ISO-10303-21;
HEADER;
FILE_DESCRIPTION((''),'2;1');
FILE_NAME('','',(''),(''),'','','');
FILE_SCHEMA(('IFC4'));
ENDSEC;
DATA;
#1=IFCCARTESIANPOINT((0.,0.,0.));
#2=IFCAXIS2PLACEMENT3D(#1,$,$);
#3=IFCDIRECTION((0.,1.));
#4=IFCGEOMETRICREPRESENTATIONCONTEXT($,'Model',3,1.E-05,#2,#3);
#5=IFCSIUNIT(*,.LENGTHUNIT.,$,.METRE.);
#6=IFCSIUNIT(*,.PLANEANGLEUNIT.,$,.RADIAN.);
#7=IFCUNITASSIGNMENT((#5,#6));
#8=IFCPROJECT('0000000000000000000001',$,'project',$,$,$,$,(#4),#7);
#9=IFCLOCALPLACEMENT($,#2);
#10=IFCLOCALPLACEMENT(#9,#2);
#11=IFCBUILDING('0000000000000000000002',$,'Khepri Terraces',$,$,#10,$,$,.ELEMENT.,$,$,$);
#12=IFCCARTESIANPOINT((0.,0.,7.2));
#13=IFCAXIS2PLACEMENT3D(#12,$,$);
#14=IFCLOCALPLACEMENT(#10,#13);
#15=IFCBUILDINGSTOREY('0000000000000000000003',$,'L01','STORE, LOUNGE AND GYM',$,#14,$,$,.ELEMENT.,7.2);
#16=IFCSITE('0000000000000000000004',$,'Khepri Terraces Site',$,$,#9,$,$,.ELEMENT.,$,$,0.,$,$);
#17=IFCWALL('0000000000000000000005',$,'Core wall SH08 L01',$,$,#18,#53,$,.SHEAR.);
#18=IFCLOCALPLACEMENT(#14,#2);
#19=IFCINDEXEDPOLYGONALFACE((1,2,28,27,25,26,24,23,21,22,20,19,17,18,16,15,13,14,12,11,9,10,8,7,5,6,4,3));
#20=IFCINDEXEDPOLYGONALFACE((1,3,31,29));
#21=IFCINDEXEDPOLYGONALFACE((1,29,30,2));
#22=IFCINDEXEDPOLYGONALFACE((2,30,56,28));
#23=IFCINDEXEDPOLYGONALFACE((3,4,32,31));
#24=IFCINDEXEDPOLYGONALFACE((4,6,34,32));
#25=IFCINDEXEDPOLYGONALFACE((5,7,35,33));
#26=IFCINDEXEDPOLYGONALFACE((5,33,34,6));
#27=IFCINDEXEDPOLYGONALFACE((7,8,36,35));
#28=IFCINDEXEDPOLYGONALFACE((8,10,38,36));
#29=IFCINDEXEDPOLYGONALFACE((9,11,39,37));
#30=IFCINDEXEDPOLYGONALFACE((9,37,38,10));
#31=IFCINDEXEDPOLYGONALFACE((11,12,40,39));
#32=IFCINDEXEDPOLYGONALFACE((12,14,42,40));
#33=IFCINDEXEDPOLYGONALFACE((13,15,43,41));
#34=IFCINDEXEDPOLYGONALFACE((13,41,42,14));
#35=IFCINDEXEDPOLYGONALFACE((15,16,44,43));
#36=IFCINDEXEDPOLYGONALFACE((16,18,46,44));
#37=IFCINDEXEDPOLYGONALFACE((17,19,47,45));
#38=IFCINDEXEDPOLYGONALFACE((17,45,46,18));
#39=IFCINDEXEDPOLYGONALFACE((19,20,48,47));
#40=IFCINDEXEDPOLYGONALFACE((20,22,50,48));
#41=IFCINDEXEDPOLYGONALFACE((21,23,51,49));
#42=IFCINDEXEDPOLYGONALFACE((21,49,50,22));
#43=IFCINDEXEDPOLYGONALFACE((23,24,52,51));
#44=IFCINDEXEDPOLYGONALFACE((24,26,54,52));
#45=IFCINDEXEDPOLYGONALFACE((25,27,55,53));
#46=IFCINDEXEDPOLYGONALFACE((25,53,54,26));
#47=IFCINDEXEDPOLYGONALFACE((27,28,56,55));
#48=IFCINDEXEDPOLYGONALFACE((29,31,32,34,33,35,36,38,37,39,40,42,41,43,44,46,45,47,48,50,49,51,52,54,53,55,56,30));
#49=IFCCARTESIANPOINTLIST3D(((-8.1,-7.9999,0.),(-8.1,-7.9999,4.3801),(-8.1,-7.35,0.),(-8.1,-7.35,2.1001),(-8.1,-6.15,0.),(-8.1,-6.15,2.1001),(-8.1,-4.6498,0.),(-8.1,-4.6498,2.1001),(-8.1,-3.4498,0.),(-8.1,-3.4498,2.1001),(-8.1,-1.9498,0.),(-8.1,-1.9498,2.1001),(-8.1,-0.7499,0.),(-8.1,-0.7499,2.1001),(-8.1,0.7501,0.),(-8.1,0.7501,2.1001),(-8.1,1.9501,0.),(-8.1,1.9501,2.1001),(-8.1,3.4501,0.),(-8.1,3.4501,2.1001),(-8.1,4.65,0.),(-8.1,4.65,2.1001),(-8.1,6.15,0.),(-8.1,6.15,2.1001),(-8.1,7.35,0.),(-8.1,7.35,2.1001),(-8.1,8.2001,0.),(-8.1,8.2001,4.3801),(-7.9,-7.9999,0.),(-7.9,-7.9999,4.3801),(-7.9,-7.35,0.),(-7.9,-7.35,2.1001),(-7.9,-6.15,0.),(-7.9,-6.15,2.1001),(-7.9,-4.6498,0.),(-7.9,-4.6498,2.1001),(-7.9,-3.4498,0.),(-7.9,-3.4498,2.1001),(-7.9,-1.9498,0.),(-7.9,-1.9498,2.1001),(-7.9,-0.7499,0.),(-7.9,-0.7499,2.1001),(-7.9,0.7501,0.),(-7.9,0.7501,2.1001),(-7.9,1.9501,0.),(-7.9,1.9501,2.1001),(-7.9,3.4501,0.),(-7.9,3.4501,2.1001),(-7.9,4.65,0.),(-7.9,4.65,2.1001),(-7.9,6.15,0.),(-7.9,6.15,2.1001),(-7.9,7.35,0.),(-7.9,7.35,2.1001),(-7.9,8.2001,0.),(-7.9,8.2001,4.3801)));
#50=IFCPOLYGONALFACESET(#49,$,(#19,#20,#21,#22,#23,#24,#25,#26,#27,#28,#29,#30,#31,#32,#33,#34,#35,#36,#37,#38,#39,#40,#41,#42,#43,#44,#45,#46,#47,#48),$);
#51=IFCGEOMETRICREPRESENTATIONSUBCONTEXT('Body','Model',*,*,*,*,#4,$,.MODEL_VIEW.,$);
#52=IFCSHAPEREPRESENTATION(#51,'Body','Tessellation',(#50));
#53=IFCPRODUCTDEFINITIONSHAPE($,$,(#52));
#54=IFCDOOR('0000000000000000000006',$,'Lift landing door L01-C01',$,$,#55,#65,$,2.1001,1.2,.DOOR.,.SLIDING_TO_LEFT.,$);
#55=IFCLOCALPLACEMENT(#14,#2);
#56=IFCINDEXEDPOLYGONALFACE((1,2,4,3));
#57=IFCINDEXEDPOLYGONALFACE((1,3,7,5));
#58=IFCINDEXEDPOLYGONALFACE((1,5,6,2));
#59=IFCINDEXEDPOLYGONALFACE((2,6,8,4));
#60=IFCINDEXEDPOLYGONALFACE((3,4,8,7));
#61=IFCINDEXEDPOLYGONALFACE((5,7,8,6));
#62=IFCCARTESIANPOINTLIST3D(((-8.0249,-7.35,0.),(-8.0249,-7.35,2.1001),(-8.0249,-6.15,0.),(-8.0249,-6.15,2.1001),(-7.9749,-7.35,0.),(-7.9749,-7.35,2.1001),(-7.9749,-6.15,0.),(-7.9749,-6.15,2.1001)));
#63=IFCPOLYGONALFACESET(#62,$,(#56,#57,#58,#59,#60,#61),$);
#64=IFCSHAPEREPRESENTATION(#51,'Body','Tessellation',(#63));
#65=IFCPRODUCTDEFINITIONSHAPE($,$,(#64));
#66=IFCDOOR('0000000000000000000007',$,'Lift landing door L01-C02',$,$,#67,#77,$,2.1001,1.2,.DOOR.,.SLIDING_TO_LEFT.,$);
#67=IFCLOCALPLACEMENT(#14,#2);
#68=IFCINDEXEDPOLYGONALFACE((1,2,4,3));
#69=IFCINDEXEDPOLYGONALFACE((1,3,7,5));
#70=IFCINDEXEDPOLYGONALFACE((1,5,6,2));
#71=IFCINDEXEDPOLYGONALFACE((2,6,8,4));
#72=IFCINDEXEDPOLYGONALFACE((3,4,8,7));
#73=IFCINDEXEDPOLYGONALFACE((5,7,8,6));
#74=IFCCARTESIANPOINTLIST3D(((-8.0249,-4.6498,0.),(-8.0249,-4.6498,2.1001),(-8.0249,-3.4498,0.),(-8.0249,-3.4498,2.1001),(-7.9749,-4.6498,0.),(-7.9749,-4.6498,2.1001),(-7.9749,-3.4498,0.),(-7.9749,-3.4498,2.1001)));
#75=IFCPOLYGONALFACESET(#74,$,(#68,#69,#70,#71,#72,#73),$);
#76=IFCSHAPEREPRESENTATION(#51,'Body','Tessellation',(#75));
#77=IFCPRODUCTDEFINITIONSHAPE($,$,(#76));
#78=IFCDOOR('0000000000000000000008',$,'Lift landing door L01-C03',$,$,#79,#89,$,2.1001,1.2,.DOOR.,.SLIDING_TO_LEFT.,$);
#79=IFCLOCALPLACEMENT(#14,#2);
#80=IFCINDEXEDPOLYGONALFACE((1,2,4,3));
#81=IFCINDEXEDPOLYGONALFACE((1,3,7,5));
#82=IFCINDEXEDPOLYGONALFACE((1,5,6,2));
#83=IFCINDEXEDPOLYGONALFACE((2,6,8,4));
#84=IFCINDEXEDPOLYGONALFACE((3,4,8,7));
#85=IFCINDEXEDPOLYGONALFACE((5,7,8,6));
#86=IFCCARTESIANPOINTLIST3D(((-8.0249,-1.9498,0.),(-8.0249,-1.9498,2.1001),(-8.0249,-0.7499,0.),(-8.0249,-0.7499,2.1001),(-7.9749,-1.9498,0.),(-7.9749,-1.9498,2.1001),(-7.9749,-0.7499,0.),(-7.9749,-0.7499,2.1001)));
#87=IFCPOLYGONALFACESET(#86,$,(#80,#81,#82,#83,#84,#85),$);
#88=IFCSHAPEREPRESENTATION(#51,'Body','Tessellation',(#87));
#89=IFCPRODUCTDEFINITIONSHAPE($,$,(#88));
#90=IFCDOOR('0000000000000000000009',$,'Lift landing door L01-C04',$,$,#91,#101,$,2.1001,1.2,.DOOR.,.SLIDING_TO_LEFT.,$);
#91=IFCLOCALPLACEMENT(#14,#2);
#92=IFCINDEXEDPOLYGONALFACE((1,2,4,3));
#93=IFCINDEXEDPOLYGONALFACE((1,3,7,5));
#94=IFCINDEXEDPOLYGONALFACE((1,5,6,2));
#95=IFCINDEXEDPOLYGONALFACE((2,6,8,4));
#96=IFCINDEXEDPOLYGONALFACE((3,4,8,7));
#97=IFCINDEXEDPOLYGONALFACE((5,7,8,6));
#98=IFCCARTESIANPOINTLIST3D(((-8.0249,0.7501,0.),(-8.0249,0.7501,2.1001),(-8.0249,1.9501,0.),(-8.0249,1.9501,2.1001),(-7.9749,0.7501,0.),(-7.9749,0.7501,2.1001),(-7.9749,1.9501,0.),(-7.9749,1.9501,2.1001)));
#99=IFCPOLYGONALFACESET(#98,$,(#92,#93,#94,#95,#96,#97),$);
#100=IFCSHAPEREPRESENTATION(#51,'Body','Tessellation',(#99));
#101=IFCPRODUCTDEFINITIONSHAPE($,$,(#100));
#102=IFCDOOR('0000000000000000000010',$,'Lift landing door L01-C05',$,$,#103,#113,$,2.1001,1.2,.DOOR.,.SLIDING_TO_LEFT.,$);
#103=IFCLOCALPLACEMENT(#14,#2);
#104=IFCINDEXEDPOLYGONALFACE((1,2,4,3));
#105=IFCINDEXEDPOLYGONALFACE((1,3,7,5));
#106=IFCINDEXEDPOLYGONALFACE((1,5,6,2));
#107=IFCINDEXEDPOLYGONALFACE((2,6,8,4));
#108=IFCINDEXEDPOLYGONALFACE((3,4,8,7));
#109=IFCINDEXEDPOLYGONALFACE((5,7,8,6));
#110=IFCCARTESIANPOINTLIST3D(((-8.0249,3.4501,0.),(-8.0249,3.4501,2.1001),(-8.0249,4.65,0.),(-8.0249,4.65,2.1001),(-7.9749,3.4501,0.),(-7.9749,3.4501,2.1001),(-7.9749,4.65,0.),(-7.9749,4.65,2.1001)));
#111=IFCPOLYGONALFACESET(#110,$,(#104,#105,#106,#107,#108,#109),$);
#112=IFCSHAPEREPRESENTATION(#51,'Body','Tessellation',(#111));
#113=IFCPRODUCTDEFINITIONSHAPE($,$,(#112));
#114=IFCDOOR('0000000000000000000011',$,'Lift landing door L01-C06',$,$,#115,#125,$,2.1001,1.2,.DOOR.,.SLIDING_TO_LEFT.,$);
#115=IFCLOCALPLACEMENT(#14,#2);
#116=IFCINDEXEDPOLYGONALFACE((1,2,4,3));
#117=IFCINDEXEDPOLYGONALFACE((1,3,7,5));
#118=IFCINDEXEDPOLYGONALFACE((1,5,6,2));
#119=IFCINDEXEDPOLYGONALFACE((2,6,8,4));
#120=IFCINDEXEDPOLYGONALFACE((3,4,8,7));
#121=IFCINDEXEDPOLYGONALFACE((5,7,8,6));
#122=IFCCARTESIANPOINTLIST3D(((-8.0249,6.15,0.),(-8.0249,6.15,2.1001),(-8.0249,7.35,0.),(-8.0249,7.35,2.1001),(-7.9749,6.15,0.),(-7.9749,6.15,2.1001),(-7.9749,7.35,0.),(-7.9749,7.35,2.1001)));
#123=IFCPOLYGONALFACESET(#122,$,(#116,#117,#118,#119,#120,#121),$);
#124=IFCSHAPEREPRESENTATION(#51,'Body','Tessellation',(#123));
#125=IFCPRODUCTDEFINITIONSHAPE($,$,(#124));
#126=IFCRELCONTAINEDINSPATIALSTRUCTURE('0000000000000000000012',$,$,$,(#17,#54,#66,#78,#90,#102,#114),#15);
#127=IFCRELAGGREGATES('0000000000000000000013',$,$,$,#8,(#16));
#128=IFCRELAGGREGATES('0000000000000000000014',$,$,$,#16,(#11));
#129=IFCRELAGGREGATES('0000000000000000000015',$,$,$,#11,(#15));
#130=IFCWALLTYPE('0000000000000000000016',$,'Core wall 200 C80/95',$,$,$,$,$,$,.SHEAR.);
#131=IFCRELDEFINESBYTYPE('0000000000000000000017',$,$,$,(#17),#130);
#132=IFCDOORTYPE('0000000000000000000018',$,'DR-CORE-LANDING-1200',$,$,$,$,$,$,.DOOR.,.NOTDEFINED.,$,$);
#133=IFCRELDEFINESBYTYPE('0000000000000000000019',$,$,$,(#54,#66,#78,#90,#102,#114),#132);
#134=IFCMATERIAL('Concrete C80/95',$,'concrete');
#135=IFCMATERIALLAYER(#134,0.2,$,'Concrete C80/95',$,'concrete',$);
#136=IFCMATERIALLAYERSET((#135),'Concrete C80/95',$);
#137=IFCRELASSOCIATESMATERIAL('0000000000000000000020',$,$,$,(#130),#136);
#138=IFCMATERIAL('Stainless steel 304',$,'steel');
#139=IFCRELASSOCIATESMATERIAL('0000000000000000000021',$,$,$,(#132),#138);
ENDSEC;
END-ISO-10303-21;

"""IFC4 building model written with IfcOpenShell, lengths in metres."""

from ifc_helpers import new_model, si_unit, direction, frame, frame_2d, origin, place, context, subcontext, project, spatial, rectangle, extrude, material, layer, layer_set, type_object, element, fill, save


model = new_model("IFC4")

# Units and contexts
model_context = context("Model", 3, precision=1e-05, world=origin(), true_north=direction((0.0, 1.0)))
body_context = subcontext(model_context, "Body", "Model", "MODEL_VIEW")
ifc_project = project(units=[si_unit("LENGTHUNIT", "METRE"), si_unit("PLANEANGLEUNIT", "RADIAN")], contexts=[model_context])

# Site, building, storey
site_placement = place(None, origin())
site = spatial("IfcSite", under=ifc_project, at=site_placement, Name="Khepri Terraces Site", CompositionType="ELEMENT", RefElevation=0.0)
building_placement = place(site_placement, origin())
building = spatial("IfcBuilding", under=site, at=building_placement, Name="Khepri Terraces", CompositionType="ELEMENT")
storey_placement = place(building_placement, frame((0.0, 0.0, 7.2)))
storey = spatial("IfcBuildingStorey", under=building, at=storey_placement, Name="L01", Description="STORE, LOUNGE AND GYM", CompositionType="ELEMENT", Elevation=7.2)

# Shared definitions
ifc_material_1 = material(Name="Concrete C80/95", Category="concrete")
ifc_layer_1 = layer(ifc_material_1, 0.2, Name="Concrete C80/95", Category="concrete")
ifc_layer_set_1 = layer_set([ifc_layer_1], Name="Concrete C80/95")
wall_type_1 = type_object("IfcWallType", Name="Core wall 200 C80/95", PredefinedType="SHEAR", material=ifc_layer_set_1)

# Wall, openings, doors
wall_1_placement = place(storey_placement, frame((-8.0, -8.0, 0.0), z_axis=(0.0, 0.0, 1.0), x_axis=(0.0, 1.0, 0.0)))
wall_1 = element("IfcWall", 1, at=wall_1_placement, inside=storey, type_object=wall_type_1, Name="Core wall SH08 L01", PredefinedType="SHEAR", context=body_context, shape_type="SweptSolid", body=[
    extrude(rectangle(XDim=16.2, YDim=0.2, at=frame_2d((8.1001, 0.0))), origin(), (0.0, 0.0, 1.0), 4.3801),
])
opening_1_placement = place(wall_1_placement, frame((0.6499, 0.0, 0.0)))
opening_1 = element("IfcOpeningElement", 2, at=opening_1_placement, cuts=wall_1, PredefinedType="OPENING", context=body_context, shape_type="SweptSolid", body=[
    extrude(rectangle(XDim=1.2, YDim=2.1001, at=frame_2d((0.6001, 1.05))), frame((0.0, 0.1099, 0.0), z_axis=(0.0, -1.0, 0.0), x_axis=(1.0, 0.0, 0.0)), (0.0, 0.0, 1.0), 0.22),
])
opening_2_placement = place(wall_1_placement, frame((3.3501, 0.0, 0.0)))
opening_2 = element("IfcOpeningElement", 3, at=opening_2_placement, cuts=wall_1, PredefinedType="OPENING", context=body_context, shape_type="SweptSolid", body=[
    extrude(rectangle(XDim=1.2, YDim=2.1001, at=frame_2d((0.6001, 1.05))), frame((0.0, 0.1099, 0.0), z_axis=(0.0, -1.0, 0.0), x_axis=(1.0, 0.0, 0.0)), (0.0, 0.0, 1.0), 0.22),
])
opening_3_placement = place(wall_1_placement, frame((6.05, 0.0, 0.0)))
opening_3 = element("IfcOpeningElement", 4, at=opening_3_placement, cuts=wall_1, PredefinedType="OPENING", context=body_context, shape_type="SweptSolid", body=[
    extrude(rectangle(XDim=1.2, YDim=2.1001, at=frame_2d((0.6001, 1.05))), frame((0.0, 0.1099, 0.0), z_axis=(0.0, -1.0, 0.0), x_axis=(1.0, 0.0, 0.0)), (0.0, 0.0, 1.0), 0.22),
])
opening_4_placement = place(wall_1_placement, frame((8.75, 0.0, 0.0)))
opening_4 = element("IfcOpeningElement", 5, at=opening_4_placement, cuts=wall_1, PredefinedType="OPENING", context=body_context, shape_type="SweptSolid", body=[
    extrude(rectangle(XDim=1.2, YDim=2.1001, at=frame_2d((0.6001, 1.05))), frame((0.0, 0.1099, 0.0), z_axis=(0.0, -1.0, 0.0), x_axis=(1.0, 0.0, 0.0)), (0.0, 0.0, 1.0), 0.22),
])
opening_5_placement = place(wall_1_placement, frame((11.45, 0.0, 0.0)))
opening_5 = element("IfcOpeningElement", 6, at=opening_5_placement, cuts=wall_1, PredefinedType="OPENING", context=body_context, shape_type="SweptSolid", body=[
    extrude(rectangle(XDim=1.2, YDim=2.1001, at=frame_2d((0.6001, 1.05))), frame((0.0, 0.1099, 0.0), z_axis=(0.0, -1.0, 0.0), x_axis=(1.0, 0.0, 0.0)), (0.0, 0.0, 1.0), 0.22),
])
opening_6_placement = place(wall_1_placement, frame((14.1499, 0.0, 0.0)))
opening_6 = element("IfcOpeningElement", 7, at=opening_6_placement, cuts=wall_1, PredefinedType="OPENING", context=body_context, shape_type="SweptSolid", body=[
    extrude(rectangle(XDim=1.2, YDim=2.1001, at=frame_2d((0.6001, 1.05))), frame((0.0, 0.1099, 0.0), z_axis=(0.0, -1.0, 0.0), x_axis=(1.0, 0.0, 0.0)), (0.0, 0.0, 1.0), 0.22),
])
ifc_material_2 = material(Name="Stainless steel 304", Category="steel")
door_type_1 = type_object("IfcDoorType", Name="DR-CORE-LANDING-1200", OperationType="NOTDEFINED", PredefinedType="DOOR", material=ifc_material_2)
door_1_placement = place(opening_1_placement, origin())
door_1 = element("IfcDoor", 8, at=door_1_placement, inside=storey, type_object=door_type_1, Name="Lift landing door L01-C01", OperationType="SLIDING_TO_LEFT", OverallHeight=2.1001, OverallWidth=1.2, PredefinedType="DOOR", context=body_context, shape_type="SweptSolid", body=[
    extrude(rectangle(XDim=1.2, YDim=2.1001, at=frame_2d((0.6001, 1.05))), frame((0.0, 0.0249, 0.0), z_axis=(0.0, -1.0, 0.0), x_axis=(1.0, 0.0, 0.0)), (0.0, 0.0, 1.0), 0.05),
])
fill(opening_1, door_1)
door_2_placement = place(opening_2_placement, origin())
door_2 = element("IfcDoor", 9, at=door_2_placement, inside=storey, type_object=door_type_1, Name="Lift landing door L01-C02", OperationType="SLIDING_TO_LEFT", OverallHeight=2.1001, OverallWidth=1.2, PredefinedType="DOOR", context=body_context, shape_type="SweptSolid", body=[
    extrude(rectangle(XDim=1.2, YDim=2.1001, at=frame_2d((0.6001, 1.05))), frame((0.0, 0.0249, 0.0), z_axis=(0.0, -1.0, 0.0), x_axis=(1.0, 0.0, 0.0)), (0.0, 0.0, 1.0), 0.05),
])
fill(opening_2, door_2)
door_3_placement = place(opening_3_placement, origin())
door_3 = element("IfcDoor", 10, at=door_3_placement, inside=storey, type_object=door_type_1, Name="Lift landing door L01-C03", OperationType="SLIDING_TO_LEFT", OverallHeight=2.1001, OverallWidth=1.2, PredefinedType="DOOR", context=body_context, shape_type="SweptSolid", body=[
    extrude(rectangle(XDim=1.2, YDim=2.1001, at=frame_2d((0.6001, 1.05))), frame((0.0, 0.0249, 0.0), z_axis=(0.0, -1.0, 0.0), x_axis=(1.0, 0.0, 0.0)), (0.0, 0.0, 1.0), 0.05),
])
fill(opening_3, door_3)
door_4_placement = place(opening_4_placement, origin())
door_4 = element("IfcDoor", 11, at=door_4_placement, inside=storey, type_object=door_type_1, Name="Lift landing door L01-C04", OperationType="SLIDING_TO_LEFT", OverallHeight=2.1001, OverallWidth=1.2, PredefinedType="DOOR", context=body_context, shape_type="SweptSolid", body=[
    extrude(rectangle(XDim=1.2, YDim=2.1001, at=frame_2d((0.6001, 1.05))), frame((0.0, 0.0249, 0.0), z_axis=(0.0, -1.0, 0.0), x_axis=(1.0, 0.0, 0.0)), (0.0, 0.0, 1.0), 0.05),
])
fill(opening_4, door_4)
door_5_placement = place(opening_5_placement, origin())
door_5 = element("IfcDoor", 12, at=door_5_placement, inside=storey, type_object=door_type_1, Name="Lift landing door L01-C05", OperationType="SLIDING_TO_LEFT", OverallHeight=2.1001, OverallWidth=1.2, PredefinedType="DOOR", context=body_context, shape_type="SweptSolid", body=[
    extrude(rectangle(XDim=1.2, YDim=2.1001, at=frame_2d((0.6001, 1.05))), frame((0.0, 0.0249, 0.0), z_axis=(0.0, -1.0, 0.0), x_axis=(1.0, 0.0, 0.0)), (0.0, 0.0, 1.0), 0.05),
])
fill(opening_5, door_5)
door_6_placement = place(opening_6_placement, origin())
door_6 = element("IfcDoor", 13, at=door_6_placement, inside=storey, type_object=door_type_1, Name="Lift landing door L01-C06", OperationType="SLIDING_TO_LEFT", OverallHeight=2.1001, OverallWidth=1.2, PredefinedType="DOOR", context=body_context, shape_type="SweptSolid", body=[
    extrude(rectangle(XDim=1.2, YDim=2.1001, at=frame_2d((0.6001, 1.05))), frame((0.0, 0.0249, 0.0), z_axis=(0.0, -1.0, 0.0), x_axis=(1.0, 0.0, 0.0)), (0.0, 0.0, 1.0), 0.05),
])
fill(opening_6, door_6)

save(model, "model.ifc")
